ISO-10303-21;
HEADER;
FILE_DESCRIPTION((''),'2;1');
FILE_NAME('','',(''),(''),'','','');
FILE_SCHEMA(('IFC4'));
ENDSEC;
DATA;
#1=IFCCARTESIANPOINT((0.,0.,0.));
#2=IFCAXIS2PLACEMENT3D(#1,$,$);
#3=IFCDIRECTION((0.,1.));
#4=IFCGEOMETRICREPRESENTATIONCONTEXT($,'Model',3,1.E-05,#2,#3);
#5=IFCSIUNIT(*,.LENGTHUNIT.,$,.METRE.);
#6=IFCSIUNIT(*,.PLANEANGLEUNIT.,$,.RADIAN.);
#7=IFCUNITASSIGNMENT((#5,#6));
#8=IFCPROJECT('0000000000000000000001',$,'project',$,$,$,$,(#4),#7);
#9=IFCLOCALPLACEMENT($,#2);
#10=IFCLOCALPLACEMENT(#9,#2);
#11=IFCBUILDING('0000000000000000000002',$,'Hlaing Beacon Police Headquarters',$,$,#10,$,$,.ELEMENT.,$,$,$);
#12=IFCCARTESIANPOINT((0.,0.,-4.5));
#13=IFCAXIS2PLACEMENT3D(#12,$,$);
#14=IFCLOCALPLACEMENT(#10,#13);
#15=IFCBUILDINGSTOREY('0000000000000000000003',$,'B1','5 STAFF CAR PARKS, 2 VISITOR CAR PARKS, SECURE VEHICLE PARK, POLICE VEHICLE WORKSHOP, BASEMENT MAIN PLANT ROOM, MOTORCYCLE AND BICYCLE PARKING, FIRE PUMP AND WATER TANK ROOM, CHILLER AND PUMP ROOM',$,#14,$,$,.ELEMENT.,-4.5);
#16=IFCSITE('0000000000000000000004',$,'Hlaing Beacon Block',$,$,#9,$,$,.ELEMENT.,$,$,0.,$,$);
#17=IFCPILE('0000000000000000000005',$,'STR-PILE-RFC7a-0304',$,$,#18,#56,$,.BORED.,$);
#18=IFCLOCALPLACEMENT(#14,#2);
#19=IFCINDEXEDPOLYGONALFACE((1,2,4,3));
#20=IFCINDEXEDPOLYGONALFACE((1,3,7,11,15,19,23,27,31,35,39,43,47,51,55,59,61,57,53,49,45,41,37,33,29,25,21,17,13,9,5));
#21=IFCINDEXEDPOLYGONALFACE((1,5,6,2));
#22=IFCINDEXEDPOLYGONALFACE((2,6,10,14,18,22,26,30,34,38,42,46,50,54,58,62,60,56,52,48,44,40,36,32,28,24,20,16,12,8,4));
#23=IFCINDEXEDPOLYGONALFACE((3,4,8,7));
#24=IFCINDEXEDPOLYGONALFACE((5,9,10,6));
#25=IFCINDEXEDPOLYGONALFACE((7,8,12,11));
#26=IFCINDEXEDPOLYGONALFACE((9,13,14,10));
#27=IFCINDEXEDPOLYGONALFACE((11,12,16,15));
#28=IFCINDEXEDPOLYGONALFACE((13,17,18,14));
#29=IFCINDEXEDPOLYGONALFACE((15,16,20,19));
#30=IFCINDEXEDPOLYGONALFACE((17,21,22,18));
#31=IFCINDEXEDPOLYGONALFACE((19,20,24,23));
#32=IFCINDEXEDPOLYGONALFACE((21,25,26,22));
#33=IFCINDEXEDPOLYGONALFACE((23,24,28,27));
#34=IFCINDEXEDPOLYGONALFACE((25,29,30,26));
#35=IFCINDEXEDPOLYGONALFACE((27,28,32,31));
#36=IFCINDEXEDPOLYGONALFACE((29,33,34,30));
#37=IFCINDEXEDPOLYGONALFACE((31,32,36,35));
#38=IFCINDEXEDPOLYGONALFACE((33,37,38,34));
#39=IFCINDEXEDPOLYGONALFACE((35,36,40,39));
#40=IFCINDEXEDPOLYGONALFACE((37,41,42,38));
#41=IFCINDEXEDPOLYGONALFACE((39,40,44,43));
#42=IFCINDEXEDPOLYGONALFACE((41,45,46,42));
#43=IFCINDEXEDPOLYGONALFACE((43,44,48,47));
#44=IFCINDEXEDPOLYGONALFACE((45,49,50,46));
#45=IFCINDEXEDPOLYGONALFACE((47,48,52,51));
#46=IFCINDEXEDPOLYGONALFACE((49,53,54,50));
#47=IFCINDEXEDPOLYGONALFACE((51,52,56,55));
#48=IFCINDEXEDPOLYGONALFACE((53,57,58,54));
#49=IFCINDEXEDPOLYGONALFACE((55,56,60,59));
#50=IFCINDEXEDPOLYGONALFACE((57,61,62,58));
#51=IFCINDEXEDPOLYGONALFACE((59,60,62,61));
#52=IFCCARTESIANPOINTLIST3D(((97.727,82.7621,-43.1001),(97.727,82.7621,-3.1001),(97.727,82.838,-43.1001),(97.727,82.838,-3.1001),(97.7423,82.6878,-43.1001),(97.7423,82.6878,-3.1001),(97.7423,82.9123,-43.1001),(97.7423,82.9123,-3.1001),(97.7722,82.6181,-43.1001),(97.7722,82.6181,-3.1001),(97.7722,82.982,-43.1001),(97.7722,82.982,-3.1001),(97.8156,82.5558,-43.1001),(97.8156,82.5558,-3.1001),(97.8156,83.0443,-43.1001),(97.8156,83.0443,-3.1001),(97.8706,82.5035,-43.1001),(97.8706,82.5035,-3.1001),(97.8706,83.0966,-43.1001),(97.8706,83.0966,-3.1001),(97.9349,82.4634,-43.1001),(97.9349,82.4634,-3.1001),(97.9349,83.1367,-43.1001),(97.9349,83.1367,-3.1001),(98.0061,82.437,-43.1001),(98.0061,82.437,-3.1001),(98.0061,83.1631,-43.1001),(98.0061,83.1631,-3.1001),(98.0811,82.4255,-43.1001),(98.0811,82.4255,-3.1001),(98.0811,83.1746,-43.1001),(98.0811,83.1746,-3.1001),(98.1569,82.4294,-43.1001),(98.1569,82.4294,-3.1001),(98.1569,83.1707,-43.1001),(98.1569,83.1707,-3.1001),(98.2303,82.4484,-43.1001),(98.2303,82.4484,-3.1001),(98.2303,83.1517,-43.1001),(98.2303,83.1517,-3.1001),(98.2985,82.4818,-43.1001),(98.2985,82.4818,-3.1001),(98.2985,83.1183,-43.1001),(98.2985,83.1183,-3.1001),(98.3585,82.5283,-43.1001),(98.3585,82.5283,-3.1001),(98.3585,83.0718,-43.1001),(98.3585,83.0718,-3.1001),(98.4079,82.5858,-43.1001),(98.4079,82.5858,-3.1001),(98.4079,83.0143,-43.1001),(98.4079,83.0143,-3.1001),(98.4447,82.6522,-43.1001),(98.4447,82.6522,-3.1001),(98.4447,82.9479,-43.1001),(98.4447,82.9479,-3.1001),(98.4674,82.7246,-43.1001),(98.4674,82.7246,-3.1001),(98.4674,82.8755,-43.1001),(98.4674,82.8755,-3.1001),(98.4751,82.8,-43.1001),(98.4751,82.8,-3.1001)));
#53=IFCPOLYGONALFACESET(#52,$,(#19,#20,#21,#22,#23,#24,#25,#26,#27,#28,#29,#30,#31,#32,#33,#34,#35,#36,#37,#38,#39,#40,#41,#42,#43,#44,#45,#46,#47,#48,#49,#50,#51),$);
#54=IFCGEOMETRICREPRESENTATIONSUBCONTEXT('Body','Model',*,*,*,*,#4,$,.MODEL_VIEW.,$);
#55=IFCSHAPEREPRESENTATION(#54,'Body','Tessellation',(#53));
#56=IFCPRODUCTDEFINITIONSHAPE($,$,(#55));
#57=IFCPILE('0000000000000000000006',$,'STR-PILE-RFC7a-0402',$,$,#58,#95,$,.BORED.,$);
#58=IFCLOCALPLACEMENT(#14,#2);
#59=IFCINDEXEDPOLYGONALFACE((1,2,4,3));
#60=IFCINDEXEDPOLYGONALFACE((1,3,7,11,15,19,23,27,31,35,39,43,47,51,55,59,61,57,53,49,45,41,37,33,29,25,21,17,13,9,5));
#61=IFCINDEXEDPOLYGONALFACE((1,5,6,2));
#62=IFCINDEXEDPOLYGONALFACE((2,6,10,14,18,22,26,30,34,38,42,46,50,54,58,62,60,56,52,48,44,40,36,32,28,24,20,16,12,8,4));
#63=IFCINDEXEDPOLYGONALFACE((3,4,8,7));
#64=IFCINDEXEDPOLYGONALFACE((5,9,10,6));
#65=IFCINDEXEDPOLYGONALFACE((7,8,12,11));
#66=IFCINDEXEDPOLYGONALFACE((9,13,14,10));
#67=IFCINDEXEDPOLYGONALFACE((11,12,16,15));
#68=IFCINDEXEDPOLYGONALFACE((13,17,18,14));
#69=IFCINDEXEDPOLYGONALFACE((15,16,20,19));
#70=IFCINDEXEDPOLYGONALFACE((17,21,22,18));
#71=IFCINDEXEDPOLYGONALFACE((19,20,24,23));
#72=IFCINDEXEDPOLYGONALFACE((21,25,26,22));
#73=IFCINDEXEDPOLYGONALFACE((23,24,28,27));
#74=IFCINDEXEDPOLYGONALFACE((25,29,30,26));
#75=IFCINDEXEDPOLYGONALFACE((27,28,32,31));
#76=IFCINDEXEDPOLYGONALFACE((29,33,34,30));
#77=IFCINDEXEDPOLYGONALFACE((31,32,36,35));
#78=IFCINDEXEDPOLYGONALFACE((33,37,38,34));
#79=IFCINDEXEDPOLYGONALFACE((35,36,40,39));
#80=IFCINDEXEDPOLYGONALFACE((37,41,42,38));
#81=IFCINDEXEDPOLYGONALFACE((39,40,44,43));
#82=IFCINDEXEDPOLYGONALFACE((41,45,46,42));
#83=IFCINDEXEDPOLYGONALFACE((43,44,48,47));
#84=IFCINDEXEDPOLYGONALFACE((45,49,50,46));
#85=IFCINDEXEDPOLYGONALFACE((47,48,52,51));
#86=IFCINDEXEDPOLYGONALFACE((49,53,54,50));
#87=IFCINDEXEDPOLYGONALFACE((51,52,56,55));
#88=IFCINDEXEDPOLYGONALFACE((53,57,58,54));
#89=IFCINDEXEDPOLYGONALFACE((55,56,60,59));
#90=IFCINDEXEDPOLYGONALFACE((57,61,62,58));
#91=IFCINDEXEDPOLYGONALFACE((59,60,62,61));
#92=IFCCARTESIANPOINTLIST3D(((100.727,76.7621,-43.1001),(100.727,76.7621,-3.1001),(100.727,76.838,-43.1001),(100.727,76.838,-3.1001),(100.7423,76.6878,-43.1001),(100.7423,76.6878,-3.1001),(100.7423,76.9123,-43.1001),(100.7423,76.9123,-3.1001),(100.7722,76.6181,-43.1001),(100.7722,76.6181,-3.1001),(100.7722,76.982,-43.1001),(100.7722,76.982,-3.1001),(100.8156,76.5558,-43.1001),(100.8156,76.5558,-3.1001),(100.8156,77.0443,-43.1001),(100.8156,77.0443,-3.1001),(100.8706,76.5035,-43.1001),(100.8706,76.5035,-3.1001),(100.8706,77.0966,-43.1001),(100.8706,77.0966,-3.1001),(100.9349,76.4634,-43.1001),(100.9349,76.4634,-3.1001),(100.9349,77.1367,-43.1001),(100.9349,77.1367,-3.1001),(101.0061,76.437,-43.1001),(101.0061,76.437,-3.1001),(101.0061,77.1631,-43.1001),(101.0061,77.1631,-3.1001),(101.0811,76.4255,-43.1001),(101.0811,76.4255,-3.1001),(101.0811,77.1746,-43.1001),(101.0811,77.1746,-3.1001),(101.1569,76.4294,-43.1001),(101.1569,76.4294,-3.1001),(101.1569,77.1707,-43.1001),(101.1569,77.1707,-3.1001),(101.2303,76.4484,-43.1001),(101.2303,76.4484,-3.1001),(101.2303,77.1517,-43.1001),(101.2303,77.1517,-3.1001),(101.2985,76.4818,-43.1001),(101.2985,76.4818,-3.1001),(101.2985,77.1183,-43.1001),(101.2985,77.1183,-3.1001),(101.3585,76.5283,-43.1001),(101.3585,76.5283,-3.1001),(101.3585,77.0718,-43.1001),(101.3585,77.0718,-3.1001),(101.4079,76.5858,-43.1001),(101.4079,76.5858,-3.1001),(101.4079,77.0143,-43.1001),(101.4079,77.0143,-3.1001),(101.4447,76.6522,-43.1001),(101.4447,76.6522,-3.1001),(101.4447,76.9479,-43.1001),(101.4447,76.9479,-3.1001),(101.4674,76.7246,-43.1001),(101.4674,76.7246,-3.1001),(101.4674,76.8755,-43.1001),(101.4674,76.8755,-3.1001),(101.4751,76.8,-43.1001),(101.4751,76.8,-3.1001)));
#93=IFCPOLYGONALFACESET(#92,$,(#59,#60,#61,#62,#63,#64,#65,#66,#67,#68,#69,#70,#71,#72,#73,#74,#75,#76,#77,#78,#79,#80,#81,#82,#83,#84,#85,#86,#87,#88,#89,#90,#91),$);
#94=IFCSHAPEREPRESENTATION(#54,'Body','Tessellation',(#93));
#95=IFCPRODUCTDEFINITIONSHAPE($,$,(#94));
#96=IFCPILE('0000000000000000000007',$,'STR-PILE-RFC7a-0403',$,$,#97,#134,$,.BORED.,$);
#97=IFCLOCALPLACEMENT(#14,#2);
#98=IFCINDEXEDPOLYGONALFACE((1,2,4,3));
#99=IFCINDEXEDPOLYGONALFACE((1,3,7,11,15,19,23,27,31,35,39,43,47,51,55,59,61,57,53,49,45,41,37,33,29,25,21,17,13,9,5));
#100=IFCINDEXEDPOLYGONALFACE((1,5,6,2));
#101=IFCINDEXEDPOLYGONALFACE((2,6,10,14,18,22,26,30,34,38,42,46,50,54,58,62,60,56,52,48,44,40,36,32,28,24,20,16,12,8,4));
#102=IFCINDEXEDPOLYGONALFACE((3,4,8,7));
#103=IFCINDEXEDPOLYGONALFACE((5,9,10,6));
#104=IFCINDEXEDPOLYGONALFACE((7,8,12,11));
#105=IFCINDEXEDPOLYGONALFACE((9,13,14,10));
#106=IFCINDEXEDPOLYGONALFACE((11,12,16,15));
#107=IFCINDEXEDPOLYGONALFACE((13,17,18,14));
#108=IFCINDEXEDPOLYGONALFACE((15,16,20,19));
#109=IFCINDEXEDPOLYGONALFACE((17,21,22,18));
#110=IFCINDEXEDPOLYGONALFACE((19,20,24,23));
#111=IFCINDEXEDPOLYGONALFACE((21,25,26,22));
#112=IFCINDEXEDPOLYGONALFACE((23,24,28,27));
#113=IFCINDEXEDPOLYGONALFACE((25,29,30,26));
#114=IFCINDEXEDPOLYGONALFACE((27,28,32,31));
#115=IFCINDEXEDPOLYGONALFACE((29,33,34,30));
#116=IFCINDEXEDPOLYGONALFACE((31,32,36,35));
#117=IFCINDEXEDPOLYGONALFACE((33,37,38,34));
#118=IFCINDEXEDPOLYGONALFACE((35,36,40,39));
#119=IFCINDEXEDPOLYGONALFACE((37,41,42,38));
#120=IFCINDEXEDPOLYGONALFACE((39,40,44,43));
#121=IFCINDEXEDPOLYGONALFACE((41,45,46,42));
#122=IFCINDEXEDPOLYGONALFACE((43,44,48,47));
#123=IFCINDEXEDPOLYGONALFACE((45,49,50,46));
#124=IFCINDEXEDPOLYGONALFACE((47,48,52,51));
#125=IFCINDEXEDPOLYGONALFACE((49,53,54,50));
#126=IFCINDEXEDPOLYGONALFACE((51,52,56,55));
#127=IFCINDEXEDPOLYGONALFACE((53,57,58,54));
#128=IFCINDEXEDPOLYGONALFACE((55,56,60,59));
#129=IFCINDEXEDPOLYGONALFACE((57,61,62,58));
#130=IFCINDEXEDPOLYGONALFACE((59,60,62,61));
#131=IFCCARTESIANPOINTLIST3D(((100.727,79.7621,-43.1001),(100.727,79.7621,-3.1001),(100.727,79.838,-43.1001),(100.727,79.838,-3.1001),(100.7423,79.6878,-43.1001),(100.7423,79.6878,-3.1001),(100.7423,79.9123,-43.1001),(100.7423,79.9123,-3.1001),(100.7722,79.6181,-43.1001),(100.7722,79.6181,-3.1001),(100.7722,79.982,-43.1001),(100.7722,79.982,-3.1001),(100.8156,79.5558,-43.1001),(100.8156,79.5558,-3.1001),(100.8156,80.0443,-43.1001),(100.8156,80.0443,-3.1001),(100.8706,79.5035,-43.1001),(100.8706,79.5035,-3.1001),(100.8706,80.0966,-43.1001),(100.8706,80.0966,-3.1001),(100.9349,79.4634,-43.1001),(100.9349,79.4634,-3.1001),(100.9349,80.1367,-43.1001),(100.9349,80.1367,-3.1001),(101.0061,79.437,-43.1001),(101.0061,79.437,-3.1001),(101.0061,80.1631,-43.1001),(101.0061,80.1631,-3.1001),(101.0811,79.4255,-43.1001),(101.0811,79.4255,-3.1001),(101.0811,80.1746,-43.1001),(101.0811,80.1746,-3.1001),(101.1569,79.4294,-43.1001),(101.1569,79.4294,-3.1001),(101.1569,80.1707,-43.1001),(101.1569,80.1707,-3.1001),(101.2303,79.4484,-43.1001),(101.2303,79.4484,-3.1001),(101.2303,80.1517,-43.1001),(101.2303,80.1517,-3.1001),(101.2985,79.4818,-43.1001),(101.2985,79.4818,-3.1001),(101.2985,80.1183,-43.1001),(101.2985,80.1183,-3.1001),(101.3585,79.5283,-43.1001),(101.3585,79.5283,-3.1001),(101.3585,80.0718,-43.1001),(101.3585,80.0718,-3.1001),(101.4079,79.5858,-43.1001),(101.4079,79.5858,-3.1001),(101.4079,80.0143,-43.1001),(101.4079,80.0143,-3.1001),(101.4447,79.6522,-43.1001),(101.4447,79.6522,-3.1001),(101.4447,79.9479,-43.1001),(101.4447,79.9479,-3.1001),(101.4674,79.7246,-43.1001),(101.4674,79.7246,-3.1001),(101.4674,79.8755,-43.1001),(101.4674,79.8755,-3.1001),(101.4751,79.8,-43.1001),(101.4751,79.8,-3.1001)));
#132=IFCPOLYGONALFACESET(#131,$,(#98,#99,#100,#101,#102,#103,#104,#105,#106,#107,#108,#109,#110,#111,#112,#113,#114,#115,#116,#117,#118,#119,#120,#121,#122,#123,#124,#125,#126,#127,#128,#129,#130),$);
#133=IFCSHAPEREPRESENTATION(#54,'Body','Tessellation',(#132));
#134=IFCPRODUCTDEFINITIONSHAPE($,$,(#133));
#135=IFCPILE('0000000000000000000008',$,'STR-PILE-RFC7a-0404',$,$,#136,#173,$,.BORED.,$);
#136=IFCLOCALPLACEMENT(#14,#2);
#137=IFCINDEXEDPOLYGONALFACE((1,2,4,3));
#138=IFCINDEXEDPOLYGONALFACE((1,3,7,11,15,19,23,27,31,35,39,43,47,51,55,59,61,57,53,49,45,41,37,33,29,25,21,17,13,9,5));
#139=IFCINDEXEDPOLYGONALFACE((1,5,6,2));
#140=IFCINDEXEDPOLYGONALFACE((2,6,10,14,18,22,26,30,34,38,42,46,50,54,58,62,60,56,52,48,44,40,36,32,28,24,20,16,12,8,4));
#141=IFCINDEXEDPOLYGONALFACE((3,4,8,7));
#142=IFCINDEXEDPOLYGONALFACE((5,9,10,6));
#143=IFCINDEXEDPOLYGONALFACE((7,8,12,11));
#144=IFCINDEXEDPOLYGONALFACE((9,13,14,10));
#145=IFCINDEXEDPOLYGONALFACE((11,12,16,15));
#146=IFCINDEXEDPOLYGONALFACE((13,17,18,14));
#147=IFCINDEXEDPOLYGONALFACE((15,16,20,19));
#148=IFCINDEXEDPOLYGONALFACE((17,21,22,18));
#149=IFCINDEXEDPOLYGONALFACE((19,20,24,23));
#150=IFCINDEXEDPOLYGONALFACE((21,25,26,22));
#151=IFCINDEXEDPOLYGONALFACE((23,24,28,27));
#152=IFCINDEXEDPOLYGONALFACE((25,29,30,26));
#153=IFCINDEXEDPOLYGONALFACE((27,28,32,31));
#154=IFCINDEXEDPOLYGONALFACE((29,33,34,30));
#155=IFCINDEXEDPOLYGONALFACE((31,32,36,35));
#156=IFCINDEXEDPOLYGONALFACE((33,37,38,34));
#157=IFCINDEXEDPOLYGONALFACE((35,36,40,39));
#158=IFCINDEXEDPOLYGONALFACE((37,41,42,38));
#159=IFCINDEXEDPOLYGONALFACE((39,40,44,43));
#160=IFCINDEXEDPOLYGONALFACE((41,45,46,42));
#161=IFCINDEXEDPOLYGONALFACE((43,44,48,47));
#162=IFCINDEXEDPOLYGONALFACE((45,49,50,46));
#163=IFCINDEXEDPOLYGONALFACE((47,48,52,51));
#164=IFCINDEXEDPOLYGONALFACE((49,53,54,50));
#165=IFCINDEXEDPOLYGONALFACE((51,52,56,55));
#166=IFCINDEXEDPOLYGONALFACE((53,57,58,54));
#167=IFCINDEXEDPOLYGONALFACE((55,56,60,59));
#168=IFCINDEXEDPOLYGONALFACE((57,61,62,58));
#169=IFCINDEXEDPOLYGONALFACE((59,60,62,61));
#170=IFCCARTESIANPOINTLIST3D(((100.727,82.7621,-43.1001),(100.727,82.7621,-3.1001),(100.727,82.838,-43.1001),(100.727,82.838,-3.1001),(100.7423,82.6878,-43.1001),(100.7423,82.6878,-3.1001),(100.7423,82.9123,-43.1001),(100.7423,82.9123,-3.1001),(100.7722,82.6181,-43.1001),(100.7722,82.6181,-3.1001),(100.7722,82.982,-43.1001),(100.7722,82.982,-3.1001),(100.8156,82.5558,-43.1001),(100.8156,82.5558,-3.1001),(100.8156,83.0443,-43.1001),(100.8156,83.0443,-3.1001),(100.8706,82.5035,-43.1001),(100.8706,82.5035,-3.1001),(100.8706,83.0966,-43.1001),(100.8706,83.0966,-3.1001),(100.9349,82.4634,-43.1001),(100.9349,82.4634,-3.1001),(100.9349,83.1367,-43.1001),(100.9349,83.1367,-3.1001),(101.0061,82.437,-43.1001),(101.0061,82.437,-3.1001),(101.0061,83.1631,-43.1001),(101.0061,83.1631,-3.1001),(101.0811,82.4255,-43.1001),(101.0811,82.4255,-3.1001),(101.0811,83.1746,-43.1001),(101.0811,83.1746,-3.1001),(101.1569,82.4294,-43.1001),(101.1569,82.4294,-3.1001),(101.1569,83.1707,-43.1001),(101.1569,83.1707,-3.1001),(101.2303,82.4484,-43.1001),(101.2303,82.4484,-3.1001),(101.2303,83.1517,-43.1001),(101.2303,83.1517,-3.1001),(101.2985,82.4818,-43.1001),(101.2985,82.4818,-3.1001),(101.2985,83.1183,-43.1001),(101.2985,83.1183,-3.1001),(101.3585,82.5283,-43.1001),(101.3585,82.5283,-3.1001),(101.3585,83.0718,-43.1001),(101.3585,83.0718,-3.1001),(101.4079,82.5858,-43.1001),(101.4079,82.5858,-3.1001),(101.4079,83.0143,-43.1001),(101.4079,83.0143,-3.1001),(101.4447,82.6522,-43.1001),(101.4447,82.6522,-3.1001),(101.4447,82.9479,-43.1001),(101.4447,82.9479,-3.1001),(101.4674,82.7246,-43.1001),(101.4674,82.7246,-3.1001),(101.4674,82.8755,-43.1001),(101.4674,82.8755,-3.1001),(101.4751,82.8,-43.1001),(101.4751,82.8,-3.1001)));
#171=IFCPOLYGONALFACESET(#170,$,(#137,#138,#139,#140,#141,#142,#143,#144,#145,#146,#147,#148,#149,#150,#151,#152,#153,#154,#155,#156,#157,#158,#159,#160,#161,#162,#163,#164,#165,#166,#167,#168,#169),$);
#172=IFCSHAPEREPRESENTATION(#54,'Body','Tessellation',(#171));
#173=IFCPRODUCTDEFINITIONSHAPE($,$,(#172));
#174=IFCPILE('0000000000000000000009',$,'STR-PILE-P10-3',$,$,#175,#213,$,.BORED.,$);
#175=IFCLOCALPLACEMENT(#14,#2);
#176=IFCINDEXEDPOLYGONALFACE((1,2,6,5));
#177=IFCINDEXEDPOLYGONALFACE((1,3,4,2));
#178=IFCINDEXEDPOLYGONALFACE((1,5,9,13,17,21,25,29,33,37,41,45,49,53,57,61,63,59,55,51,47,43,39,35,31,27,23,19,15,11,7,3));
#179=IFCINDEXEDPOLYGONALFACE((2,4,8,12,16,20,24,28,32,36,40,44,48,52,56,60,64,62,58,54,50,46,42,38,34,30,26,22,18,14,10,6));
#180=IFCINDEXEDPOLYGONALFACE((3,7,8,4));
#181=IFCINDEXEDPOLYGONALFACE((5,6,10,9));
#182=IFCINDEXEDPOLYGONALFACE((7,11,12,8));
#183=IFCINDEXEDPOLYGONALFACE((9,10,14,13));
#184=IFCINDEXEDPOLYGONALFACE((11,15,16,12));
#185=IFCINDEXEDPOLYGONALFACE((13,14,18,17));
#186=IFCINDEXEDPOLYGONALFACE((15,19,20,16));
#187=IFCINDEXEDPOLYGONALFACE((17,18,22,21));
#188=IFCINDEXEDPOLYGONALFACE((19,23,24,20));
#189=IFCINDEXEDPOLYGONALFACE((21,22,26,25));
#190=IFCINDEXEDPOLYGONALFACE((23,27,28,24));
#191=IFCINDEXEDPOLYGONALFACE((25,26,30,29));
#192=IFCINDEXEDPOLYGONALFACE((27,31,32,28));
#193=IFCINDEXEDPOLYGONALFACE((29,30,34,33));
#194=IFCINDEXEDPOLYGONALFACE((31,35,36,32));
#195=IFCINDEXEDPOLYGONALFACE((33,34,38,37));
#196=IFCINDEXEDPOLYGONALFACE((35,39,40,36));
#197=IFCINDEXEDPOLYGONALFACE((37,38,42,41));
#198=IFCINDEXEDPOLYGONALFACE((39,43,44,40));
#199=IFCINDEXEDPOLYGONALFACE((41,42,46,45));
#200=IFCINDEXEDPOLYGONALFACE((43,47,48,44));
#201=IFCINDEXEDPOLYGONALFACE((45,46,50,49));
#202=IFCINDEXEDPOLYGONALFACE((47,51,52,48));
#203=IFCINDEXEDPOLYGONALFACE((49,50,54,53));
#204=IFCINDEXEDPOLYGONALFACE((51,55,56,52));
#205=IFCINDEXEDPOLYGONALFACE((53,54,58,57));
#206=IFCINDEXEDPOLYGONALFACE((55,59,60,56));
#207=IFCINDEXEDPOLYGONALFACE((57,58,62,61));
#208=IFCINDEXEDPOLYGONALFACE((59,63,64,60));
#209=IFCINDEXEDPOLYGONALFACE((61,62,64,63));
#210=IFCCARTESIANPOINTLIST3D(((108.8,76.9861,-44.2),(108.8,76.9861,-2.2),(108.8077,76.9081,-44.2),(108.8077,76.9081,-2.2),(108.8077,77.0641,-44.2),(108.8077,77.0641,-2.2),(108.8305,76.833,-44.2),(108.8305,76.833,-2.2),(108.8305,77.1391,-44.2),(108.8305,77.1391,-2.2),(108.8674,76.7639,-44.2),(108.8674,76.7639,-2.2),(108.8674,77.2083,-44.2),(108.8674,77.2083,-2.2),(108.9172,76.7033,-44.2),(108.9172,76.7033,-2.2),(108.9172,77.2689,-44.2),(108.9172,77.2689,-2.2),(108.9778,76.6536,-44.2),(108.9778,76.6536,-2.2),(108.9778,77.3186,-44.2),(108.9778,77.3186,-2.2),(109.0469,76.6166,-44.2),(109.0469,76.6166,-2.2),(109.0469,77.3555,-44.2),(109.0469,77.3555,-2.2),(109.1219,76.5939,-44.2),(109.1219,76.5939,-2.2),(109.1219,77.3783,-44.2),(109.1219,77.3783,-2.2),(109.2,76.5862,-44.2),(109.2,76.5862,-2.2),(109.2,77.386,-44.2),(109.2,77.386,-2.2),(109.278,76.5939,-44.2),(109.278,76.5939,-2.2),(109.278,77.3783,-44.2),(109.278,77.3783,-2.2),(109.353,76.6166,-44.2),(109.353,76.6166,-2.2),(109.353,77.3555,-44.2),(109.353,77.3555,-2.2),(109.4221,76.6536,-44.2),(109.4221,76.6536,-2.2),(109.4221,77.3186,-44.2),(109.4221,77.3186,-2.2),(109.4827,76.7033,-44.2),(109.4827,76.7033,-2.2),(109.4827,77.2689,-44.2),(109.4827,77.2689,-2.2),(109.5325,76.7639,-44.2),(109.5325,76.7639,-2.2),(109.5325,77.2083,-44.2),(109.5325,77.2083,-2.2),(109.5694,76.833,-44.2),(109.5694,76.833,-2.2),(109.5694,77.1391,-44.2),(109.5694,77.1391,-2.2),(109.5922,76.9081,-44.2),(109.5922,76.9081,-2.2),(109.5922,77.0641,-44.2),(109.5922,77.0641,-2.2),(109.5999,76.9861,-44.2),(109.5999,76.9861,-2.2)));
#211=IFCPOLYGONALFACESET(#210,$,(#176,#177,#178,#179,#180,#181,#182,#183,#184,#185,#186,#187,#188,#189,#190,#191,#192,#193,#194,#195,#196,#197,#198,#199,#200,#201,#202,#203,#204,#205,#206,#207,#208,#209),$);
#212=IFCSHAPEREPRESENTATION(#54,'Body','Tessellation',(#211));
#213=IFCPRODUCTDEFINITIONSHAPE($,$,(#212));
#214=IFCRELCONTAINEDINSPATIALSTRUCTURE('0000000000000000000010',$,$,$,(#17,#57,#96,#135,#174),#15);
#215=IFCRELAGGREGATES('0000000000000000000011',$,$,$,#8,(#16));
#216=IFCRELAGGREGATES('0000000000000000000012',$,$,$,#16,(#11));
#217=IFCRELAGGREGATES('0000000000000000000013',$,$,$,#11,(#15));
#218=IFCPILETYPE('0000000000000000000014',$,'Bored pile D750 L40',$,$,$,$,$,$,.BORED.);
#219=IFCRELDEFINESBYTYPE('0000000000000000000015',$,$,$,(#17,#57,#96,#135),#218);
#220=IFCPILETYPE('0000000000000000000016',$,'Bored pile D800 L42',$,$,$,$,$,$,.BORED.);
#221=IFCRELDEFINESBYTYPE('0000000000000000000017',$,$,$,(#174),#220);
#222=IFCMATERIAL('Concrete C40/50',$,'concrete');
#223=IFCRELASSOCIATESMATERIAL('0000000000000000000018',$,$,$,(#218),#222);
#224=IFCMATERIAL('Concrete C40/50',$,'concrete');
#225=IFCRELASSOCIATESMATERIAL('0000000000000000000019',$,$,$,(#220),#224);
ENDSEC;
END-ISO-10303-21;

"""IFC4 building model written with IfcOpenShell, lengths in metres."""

from ifc_helpers import new_model, si_unit, direction, frame, origin, origin_2d, place, context, subcontext, project, spatial, circle, extrude, material, material_profile, profile_set, type_object, element, save


model = new_model("IFC4")

# Units and contexts
model_context = context("Model", 3, precision=1e-05, world=origin(), true_north=direction((0.0, 1.0)))
body_context = subcontext(model_context, "Body", "Model", "MODEL_VIEW")
ifc_project = project(units=[si_unit("LENGTHUNIT", "METRE"), si_unit("PLANEANGLEUNIT", "RADIAN")], contexts=[model_context])

# Site, building, storey
site_placement = place(None, origin())
site = spatial("IfcSite", under=ifc_project, at=site_placement, Name="Hlaing Beacon Block", CompositionType="ELEMENT", RefElevation=0.0)
building_placement = place(site_placement, origin())
building = spatial("IfcBuilding", under=site, at=building_placement, Name="Hlaing Beacon Police Headquarters", CompositionType="ELEMENT")
storey_placement = place(building_placement, frame((0.0, 0.0, -4.5)))
storey = spatial("IfcBuildingStorey", under=building, at=storey_placement, Name="B1", Description="5 STAFF CAR PARKS, 2 VISITOR CAR PARKS, SECURE VEHICLE PARK, POLICE VEHICLE WORKSHOP, BASEMENT MAIN PLANT ROOM, MOTORCYCLE AND BICYCLE PARKING, FIRE PUMP AND WATER TANK ROOM, CHILLER AND PUMP ROOM", CompositionType="ELEMENT", Elevation=-4.5)

# Piles
ifc_material_1 = material(Name="Concrete C40/50", Category="concrete")
ifc_material_profile_1 = material_profile(ifc_material_1, circle(Radius=0.375, at=origin_2d()), Name="D750")
ifc_profile_set_1 = profile_set([ifc_material_profile_1], Name="Concrete C40/50")
pile_type_1 = type_object("IfcPileType", Name="Bored pile D750 L40", PredefinedType="BORED", material=ifc_profile_set_1)
for number, where, z_axis, x_axis, name in (
    (1, (98.1001, 82.8, -3.1001), (0.0, 0.0, -1.0), (1.0, 0.0, 0.0), "STR-PILE-RFC7a-0304"),
    (2, (101.1001, 76.8, -3.1001), (0.0, 0.0, -1.0), (1.0, 0.0, 0.0), "STR-PILE-RFC7a-0402"),
    (3, (101.1001, 79.8, -3.1001), (0.0, 0.0, -1.0), (1.0, 0.0, 0.0), "STR-PILE-RFC7a-0403"),
    (4, (101.1001, 82.8, -3.1001), (0.0, 0.0, -1.0), (1.0, 0.0, 0.0), "STR-PILE-RFC7a-0404"),
):
    element("IfcPile", number, at=place(storey_placement, frame(where, z_axis=z_axis, x_axis=x_axis)), inside=storey, type_object=pile_type_1, Name=name, PredefinedType="BORED", context=body_context, shape_type="SweptSolid", body=[
        extrude(circle(Radius=0.375, at=origin_2d()), origin(), (0.0, 0.0, 1.0), 40.0),
    ])
ifc_material_2 = material(Name="Concrete C40/50", Category="concrete")
ifc_material_profile_2 = material_profile(ifc_material_2, circle(Radius=0.3999, at=origin_2d()), Name="D800")
ifc_profile_set_2 = profile_set([ifc_material_profile_2], Name="Concrete C40/50")
pile_type_2 = type_object("IfcPileType", Name="Bored pile D800 L42", PredefinedType="BORED", material=ifc_profile_set_2)
for number, where, z_axis, x_axis, name in (
    (5, (109.2, 76.9861, -2.2), (0.0, 0.0, -1.0), (1.0, 0.0, 0.0), "STR-PILE-P10-3"),
):
    element("IfcPile", number, at=place(storey_placement, frame(where, z_axis=z_axis, x_axis=x_axis)), inside=storey, type_object=pile_type_2, Name=name, PredefinedType="BORED", context=body_context, shape_type="SweptSolid", body=[
        extrude(circle(Radius=0.3999, at=origin_2d()), origin(), (0.0, 0.0, 1.0), 42.0),
    ])

save(model, "model.ifc")
